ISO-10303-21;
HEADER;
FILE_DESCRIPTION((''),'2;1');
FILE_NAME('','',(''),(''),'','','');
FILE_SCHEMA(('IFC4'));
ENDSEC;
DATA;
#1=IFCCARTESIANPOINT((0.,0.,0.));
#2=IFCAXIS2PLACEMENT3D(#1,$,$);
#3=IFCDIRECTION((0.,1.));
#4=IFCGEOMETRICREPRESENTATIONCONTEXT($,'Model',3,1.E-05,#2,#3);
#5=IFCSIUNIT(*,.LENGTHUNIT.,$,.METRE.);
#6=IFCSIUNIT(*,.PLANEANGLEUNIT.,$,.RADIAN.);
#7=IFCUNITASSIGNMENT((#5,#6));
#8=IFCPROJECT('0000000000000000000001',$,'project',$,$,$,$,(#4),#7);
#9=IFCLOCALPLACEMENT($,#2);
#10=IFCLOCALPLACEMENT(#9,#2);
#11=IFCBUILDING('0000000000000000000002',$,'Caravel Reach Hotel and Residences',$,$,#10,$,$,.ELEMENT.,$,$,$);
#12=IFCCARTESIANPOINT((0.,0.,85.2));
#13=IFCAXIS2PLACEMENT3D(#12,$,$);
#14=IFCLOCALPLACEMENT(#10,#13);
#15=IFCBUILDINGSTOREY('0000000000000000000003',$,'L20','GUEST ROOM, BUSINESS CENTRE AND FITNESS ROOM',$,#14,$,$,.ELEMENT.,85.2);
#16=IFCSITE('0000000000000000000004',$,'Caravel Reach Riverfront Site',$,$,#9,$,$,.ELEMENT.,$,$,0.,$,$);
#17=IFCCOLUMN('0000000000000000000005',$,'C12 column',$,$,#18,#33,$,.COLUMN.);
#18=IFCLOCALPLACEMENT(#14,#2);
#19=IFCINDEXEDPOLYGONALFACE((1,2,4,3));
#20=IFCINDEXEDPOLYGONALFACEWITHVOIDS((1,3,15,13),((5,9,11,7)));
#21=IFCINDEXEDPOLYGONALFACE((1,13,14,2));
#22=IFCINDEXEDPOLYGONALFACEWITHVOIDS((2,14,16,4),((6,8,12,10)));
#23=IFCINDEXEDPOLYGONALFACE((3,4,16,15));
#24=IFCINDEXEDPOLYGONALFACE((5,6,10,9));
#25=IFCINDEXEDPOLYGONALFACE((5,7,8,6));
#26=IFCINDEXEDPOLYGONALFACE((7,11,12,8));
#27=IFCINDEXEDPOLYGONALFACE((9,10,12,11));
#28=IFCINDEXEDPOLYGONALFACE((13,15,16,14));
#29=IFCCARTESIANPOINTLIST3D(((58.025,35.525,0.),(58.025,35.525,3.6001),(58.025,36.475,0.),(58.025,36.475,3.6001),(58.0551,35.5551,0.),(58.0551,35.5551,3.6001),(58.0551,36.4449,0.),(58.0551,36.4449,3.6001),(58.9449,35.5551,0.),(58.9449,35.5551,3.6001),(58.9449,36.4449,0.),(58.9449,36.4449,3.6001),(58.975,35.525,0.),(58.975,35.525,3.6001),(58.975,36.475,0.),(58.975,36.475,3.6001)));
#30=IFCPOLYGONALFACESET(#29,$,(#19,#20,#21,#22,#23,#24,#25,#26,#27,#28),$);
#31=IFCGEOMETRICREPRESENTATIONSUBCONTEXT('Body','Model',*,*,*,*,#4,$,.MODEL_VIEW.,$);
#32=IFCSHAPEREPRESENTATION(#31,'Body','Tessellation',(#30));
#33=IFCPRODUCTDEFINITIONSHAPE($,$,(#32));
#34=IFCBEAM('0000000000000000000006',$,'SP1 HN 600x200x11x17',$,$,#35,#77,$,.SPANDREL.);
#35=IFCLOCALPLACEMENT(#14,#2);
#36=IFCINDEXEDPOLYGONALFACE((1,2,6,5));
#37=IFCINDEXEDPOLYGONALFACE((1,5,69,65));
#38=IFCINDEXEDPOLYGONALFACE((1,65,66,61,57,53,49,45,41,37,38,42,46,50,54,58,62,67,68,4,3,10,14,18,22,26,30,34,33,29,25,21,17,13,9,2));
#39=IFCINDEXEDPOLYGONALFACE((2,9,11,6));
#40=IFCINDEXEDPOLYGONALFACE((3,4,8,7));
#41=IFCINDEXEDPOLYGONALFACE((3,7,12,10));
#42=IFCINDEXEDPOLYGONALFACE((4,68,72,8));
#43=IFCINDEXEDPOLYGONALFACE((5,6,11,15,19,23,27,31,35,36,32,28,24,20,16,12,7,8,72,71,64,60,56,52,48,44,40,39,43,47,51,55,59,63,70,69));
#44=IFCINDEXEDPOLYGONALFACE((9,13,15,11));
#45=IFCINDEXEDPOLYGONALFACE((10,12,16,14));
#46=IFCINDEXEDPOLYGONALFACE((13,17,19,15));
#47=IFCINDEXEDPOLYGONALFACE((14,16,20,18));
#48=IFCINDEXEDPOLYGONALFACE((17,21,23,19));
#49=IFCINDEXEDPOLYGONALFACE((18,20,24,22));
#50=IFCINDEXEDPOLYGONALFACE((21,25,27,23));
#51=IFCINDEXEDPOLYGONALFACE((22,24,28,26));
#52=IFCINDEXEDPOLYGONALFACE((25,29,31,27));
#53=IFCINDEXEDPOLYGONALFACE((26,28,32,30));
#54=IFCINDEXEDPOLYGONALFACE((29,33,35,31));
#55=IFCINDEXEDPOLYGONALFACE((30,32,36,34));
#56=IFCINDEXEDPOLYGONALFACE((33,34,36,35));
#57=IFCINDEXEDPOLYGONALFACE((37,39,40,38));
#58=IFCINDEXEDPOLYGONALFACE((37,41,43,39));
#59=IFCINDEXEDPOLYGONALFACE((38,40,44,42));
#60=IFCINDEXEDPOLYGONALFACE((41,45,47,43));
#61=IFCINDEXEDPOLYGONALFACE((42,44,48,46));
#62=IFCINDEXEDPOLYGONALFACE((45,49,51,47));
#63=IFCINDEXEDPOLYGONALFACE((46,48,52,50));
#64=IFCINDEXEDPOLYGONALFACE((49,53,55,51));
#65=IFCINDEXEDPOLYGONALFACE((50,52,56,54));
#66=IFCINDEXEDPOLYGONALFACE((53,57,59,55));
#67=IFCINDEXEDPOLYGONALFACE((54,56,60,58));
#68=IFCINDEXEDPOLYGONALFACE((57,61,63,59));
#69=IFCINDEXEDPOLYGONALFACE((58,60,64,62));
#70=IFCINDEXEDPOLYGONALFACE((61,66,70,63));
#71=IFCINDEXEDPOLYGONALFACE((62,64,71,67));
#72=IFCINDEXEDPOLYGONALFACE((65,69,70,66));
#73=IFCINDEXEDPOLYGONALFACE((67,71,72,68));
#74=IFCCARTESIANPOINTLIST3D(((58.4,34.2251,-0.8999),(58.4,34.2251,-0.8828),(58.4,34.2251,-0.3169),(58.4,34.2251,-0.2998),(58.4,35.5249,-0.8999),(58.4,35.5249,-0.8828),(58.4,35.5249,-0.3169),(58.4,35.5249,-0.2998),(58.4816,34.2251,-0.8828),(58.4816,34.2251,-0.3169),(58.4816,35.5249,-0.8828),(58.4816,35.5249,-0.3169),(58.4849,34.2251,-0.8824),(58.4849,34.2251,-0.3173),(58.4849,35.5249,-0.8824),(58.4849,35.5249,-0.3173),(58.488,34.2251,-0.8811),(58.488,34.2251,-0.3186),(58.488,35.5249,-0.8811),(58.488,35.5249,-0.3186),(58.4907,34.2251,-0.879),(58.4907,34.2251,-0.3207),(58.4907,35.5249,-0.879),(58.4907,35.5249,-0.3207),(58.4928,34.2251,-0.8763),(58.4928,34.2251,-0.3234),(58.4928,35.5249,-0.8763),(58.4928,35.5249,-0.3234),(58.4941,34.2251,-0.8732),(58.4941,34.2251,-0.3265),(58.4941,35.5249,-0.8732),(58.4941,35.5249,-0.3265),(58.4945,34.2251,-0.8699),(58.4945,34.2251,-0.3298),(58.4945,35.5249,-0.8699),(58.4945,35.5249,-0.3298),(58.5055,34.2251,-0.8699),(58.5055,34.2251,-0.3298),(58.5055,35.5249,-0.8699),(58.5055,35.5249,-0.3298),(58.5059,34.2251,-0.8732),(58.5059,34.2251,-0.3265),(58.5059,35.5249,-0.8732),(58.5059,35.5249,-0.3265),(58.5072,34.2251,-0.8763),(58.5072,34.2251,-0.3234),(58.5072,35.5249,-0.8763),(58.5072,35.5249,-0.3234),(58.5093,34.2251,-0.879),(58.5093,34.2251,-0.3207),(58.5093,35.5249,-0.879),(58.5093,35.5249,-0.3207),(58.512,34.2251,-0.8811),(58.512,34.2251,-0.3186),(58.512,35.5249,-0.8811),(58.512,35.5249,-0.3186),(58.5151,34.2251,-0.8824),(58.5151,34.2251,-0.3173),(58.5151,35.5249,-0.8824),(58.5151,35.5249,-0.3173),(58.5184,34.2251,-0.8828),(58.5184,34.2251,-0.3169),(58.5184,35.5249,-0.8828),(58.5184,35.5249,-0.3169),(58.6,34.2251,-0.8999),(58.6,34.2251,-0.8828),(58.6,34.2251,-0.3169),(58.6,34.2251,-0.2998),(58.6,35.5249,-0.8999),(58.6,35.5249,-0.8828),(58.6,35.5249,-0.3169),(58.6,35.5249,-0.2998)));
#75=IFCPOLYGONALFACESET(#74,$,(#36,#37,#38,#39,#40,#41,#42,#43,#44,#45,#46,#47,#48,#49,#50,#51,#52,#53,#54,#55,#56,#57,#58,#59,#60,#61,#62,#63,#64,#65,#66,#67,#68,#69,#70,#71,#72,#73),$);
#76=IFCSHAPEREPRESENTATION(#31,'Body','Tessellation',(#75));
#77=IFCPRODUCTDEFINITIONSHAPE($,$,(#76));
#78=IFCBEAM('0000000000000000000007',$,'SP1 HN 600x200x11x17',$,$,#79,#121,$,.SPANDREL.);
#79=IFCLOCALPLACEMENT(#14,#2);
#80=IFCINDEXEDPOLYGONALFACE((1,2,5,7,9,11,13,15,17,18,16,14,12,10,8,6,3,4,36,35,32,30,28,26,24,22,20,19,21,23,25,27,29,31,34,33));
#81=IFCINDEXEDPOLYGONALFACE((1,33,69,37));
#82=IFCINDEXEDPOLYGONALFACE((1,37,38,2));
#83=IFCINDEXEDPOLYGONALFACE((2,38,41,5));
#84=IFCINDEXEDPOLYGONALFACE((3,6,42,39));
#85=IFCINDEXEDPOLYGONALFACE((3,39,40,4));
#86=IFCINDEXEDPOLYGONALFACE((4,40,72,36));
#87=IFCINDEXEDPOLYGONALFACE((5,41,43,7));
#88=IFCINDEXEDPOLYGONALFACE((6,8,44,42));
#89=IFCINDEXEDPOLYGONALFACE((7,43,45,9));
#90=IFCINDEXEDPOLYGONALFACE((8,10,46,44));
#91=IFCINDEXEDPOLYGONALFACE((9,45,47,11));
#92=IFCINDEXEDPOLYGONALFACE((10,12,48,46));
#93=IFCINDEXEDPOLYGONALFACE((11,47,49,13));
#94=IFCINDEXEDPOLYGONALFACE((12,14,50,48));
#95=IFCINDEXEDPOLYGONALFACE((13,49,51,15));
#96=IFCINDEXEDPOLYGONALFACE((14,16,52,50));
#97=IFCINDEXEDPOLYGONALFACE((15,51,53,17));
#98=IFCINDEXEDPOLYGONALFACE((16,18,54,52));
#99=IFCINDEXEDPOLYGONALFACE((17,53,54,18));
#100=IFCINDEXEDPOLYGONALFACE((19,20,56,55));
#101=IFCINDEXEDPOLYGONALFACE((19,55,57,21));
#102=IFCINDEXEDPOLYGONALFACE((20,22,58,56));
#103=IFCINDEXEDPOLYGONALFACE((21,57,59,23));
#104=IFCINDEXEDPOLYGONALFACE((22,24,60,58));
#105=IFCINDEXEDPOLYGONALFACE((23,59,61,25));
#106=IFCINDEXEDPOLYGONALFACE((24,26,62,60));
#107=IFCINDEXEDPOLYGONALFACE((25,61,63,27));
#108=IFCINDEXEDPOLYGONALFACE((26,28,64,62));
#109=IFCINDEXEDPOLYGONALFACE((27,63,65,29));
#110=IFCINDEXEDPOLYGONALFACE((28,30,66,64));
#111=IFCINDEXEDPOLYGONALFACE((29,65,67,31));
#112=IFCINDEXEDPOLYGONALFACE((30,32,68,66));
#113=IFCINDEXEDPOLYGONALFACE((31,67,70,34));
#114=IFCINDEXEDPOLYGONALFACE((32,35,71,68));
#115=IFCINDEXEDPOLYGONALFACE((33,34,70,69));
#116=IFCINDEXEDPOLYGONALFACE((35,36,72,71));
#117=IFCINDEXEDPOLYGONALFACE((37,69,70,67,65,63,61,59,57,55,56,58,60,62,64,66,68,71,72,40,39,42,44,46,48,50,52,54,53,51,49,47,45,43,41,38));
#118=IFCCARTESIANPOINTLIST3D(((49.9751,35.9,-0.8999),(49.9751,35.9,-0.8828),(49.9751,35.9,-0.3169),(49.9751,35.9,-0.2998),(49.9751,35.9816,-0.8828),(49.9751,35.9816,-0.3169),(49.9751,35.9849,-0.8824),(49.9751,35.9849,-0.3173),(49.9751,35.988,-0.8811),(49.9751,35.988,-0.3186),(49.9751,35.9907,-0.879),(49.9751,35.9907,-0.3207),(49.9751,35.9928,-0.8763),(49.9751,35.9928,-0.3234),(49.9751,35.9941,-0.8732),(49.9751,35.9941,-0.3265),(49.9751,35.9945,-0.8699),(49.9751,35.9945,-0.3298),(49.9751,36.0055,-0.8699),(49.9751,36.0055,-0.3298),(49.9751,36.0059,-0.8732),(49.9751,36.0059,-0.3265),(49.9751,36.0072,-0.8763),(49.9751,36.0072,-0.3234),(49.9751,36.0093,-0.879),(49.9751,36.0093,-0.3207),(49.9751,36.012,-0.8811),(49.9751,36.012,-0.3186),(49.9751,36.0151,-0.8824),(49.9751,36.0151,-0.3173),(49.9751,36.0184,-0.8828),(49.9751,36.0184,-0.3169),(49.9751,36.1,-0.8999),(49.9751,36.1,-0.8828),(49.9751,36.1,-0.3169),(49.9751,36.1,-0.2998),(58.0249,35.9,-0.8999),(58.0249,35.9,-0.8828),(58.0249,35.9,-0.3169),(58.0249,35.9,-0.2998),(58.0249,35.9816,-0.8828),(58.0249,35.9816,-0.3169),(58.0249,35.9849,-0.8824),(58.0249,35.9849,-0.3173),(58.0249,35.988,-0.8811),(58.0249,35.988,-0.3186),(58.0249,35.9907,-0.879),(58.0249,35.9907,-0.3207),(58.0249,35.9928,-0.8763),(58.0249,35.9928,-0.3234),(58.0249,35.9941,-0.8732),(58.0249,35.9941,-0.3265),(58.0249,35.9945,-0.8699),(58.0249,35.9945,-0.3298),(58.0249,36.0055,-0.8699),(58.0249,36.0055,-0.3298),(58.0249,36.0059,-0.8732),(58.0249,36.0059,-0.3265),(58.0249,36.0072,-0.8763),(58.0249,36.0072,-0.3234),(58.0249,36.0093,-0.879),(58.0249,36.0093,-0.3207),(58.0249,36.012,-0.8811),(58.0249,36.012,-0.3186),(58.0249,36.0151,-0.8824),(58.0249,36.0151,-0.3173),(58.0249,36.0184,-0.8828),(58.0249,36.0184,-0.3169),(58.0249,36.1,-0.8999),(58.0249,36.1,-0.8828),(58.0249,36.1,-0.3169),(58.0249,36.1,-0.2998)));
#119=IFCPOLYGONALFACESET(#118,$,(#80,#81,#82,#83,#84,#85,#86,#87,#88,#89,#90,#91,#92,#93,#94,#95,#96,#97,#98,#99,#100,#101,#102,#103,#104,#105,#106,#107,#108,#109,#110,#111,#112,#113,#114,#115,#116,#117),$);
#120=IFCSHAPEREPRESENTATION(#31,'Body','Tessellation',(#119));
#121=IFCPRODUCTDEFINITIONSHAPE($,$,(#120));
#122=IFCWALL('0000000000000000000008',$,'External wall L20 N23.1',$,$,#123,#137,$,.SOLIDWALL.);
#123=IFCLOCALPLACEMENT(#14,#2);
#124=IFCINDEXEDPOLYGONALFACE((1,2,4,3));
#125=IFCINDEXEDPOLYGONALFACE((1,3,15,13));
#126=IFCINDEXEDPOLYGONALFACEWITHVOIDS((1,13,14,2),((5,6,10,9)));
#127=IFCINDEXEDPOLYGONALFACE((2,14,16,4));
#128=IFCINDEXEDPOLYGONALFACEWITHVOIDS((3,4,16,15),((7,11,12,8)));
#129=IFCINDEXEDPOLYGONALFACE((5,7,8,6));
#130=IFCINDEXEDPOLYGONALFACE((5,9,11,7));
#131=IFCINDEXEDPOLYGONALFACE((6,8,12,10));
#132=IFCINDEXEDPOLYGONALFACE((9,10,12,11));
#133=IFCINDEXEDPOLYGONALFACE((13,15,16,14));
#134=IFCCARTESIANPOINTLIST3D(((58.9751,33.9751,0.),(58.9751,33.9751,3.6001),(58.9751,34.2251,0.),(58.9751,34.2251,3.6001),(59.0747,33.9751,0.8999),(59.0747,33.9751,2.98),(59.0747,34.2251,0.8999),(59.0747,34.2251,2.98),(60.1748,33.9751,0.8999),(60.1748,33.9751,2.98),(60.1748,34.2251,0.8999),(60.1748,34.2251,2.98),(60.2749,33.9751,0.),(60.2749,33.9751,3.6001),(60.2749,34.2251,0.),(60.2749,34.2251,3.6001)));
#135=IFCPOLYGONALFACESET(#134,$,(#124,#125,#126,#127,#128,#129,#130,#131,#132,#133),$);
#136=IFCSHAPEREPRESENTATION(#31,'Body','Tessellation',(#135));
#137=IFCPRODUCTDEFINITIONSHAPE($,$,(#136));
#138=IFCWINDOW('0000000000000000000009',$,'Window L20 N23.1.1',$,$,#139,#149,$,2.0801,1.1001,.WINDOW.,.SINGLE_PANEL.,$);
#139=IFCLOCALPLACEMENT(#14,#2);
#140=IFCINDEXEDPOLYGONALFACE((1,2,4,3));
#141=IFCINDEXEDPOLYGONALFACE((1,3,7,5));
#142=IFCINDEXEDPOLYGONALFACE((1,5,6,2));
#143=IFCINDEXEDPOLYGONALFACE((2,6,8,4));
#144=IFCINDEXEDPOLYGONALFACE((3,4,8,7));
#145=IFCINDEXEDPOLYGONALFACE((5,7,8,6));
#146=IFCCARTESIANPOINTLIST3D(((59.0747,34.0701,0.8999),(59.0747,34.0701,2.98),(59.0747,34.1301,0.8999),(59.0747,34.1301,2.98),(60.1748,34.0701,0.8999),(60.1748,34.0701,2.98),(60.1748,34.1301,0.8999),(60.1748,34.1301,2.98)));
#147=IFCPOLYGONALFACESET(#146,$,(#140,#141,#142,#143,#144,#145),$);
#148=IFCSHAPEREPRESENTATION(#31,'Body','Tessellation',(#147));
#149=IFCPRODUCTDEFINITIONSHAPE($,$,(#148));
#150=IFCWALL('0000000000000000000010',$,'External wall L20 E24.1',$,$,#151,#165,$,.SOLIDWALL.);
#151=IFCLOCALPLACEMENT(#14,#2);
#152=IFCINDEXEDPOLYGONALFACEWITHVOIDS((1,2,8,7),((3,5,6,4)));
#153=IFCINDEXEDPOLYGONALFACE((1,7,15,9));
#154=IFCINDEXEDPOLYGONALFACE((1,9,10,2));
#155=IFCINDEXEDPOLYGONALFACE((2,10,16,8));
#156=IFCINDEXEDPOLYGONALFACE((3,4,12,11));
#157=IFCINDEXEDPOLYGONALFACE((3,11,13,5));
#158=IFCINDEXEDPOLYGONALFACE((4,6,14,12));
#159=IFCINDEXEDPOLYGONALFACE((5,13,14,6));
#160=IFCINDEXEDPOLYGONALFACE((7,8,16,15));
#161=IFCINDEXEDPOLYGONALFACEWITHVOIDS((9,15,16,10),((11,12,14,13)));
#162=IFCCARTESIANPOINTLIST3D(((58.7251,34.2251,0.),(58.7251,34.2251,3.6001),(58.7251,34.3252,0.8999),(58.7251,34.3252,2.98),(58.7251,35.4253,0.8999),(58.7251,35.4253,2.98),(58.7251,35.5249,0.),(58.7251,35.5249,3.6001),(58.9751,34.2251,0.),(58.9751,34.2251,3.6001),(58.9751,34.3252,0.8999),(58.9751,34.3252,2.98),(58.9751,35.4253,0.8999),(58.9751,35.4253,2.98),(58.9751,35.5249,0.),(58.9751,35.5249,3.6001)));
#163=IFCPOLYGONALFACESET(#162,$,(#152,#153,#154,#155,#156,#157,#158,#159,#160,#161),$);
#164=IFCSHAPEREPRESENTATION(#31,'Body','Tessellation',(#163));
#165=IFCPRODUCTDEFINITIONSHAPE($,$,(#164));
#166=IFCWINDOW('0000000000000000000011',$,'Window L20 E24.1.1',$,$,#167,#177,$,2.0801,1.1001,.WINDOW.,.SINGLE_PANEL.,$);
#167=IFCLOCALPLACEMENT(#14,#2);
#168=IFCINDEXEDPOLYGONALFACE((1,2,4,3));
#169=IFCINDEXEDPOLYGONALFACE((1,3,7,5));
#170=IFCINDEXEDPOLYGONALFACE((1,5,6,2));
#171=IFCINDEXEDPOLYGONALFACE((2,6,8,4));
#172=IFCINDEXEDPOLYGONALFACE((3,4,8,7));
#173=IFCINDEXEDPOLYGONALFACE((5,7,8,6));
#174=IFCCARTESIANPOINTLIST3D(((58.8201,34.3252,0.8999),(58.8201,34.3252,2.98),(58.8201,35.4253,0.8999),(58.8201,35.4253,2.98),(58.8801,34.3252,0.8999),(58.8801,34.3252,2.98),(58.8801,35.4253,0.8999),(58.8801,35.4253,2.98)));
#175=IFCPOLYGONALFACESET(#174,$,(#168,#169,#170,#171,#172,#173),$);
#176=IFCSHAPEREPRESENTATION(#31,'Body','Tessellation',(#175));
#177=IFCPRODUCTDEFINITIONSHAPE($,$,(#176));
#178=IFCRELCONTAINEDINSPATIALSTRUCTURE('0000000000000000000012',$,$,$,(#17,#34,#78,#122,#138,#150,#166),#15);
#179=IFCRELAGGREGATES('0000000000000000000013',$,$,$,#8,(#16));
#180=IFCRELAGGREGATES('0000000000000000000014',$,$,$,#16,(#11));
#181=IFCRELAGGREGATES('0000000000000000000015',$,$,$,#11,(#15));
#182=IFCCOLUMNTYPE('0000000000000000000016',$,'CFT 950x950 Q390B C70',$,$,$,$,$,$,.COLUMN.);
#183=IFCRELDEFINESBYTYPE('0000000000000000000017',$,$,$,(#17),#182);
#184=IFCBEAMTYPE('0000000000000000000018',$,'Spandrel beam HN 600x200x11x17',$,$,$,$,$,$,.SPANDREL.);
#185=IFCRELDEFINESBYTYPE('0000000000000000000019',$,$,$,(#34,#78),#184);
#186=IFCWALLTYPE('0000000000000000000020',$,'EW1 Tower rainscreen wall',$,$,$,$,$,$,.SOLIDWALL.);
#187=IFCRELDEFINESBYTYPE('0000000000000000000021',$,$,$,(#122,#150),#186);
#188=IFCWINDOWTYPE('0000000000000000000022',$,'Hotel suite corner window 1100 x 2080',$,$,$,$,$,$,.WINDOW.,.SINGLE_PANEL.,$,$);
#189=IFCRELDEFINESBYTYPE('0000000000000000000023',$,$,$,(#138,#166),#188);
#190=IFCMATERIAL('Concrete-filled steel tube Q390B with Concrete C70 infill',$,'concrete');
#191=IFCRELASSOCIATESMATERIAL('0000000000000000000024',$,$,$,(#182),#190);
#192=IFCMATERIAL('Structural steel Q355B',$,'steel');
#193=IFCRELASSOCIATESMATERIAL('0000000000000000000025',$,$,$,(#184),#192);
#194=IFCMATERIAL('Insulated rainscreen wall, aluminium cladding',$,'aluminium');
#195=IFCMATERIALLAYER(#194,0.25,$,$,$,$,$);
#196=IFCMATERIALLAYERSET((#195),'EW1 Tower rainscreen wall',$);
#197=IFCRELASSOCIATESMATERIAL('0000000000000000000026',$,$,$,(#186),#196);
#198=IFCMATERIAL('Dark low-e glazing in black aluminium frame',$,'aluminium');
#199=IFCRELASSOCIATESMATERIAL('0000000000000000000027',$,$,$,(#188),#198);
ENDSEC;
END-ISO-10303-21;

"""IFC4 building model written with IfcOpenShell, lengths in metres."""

from ifc_helpers import new_model, si_unit, direction, frame, frame_2d, origin, origin_2d, place, context, subcontext, project, spatial, rectangle, hollow_rectangle, i_section, extrude, material, layer, layer_set, material_profile, profile_set, type_object, element, fill, save


model = new_model("IFC4")

# Units and contexts
model_context = context("Model", 3, precision=1e-05, world=origin(), true_north=direction((0.0, 1.0)))
body_context = subcontext(model_context, "Body", "Model", "MODEL_VIEW")
ifc_project = project(units=[si_unit("LENGTHUNIT", "METRE"), si_unit("PLANEANGLEUNIT", "RADIAN")], contexts=[model_context])

# Site, building, storey
site_placement = place(None, origin())
site = spatial("IfcSite", under=ifc_project, at=site_placement, Name="Caravel Reach Riverfront Site", CompositionType="ELEMENT", RefElevation=0.0)
building_placement = place(site_placement, origin())
building = spatial("IfcBuilding", under=site, at=building_placement, Name="Caravel Reach Hotel and Residences", CompositionType="ELEMENT")
storey_placement = place(building_placement, frame((0.0, 0.0, 85.2)))
storey = spatial("IfcBuildingStorey", under=building, at=storey_placement, Name="L20", Description="GUEST ROOM, BUSINESS CENTRE AND FITNESS ROOM", CompositionType="ELEMENT", Elevation=85.2)

# Column
ifc_material_1 = material(Name="Concrete-filled steel tube Q390B with Concrete C70 infill", Category="concrete")
ifc_material_profile_1 = material_profile(ifc_material_1, hollow_rectangle(XDim=0.95, YDim=0.95, WallThickness=0.03, at=origin_2d()), Name="RHS 950x950x30")
ifc_profile_set_1 = profile_set([ifc_material_profile_1], Name="Concrete-filled steel tube Q390B with Concrete C70 infill")
column_type = type_object("IfcColumnType", Name="CFT 950x950 Q390B C70", PredefinedType="COLUMN", material=ifc_profile_set_1)
column_placement = place(storey_placement, frame((58.5, 36.0, 0.0), z_axis=(0.0, 0.0, 1.0), x_axis=(1.0, 0.0, 0.0)))
element("IfcColumn", 1, at=column_placement, inside=storey, type_object=column_type, Name="C12 column", PredefinedType="COLUMN", context=body_context, shape_type="SweptSolid", body=[
    extrude(hollow_rectangle(XDim=0.95, YDim=0.95, WallThickness=0.03, at=origin_2d()), origin(), (0.0, 0.0, 1.0), 3.6001),
])

# Beams
ifc_material_2 = material(Name="Structural steel Q355B", Category="steel")
ifc_material_profile_2 = material_profile(ifc_material_2, i_section(OverallWidth=0.2, OverallDepth=0.6001, WebThickness=0.011, FlangeThickness=0.0171, FilletRadius=0.0129, at=origin_2d()), Name="HN 600x200x11x17")
ifc_profile_set_2 = profile_set([ifc_material_profile_2], Name="Structural steel Q355B")
beam_type = type_object("IfcBeamType", Name="Spandrel beam HN 600x200x11x17", PredefinedType="SPANDREL", material=ifc_profile_set_2)
beam_1_placement = place(storey_placement, frame((58.5, 34.2251, -0.5999), z_axis=(0.0, 1.0, 0.0), x_axis=(-1.0, 0.0, 0.0)))
element("IfcBeam", 2, at=beam_1_placement, inside=storey, type_object=beam_type, Name="SP1 HN 600x200x11x17", PredefinedType="SPANDREL", context=body_context, shape_type="SweptSolid", body=[
    extrude(i_section(OverallWidth=0.2, OverallDepth=0.6001, WebThickness=0.011, FlangeThickness=0.0171, FilletRadius=0.0129, at=origin_2d()), origin(), (0.0, 0.0, 1.0), 1.2998),
])
beam_2_placement = place(storey_placement, frame((58.0249, 36.0, -0.5999), z_axis=(-1.0, 0.0, 0.0), x_axis=(0.0, -1.0, 0.0)))
element("IfcBeam", 3, at=beam_2_placement, inside=storey, type_object=beam_type, Name="SP1 HN 600x200x11x17", PredefinedType="SPANDREL", context=body_context, shape_type="SweptSolid", body=[
    extrude(i_section(OverallWidth=0.2, OverallDepth=0.6001, WebThickness=0.011, FlangeThickness=0.0171, FilletRadius=0.0129, at=origin_2d()), origin(), (0.0, 0.0, 1.0), 8.0498),
])

# Walls, openings, windows
ifc_material_3 = material(Name="Insulated rainscreen wall, aluminium cladding", Category="aluminium")
ifc_layer = layer(ifc_material_3, 0.25)
ifc_layer_set = layer_set([ifc_layer], Name="EW1 Tower rainscreen wall")
wall_type = type_object("IfcWallType", Name="EW1 Tower rainscreen wall", PredefinedType="SOLIDWALL", material=ifc_layer_set)
wall_1_placement = place(storey_placement, frame((60.2749, 34.1001, 0.0), z_axis=(0.0, 0.0, 1.0), x_axis=(-1.0, 0.0, 0.0)))
wall_1 = element("IfcWall", 4, at=wall_1_placement, inside=storey, type_object=wall_type, Name="External wall L20 N23.1", PredefinedType="SOLIDWALL", context=body_context, shape_type="SweptSolid", body=[
    extrude(rectangle(XDim=1.2998, YDim=0.25, at=frame_2d((0.6499, 0.0))), origin(), (0.0, 0.0, 1.0), 3.6001),
])
opening_1_placement = place(wall_1_placement, frame((0.1001, 0.0, 0.8999)))
opening_1 = element("IfcOpeningElement", 5, at=opening_1_placement, cuts=wall_1, PredefinedType="OPENING", context=body_context, shape_type="SweptSolid", body=[
    extrude(rectangle(XDim=1.1001, YDim=2.0801, at=frame_2d((0.55, 1.04))), frame((0.0, 0.135, 0.0), z_axis=(0.0, -1.0, 0.0), x_axis=(1.0, 0.0, 0.0)), (0.0, 0.0, 1.0), 0.27),
])
ifc_material_4 = material(Name="Dark low-e glazing in black aluminium frame", Category="aluminium")
window_type_1 = type_object("IfcWindowType", Name="Hotel suite corner window 1100 x 2080", PartitioningType="SINGLE_PANEL", PredefinedType="WINDOW", material=ifc_material_4)
window_1_placement = place(opening_1_placement, origin())
window_1 = element("IfcWindow", 6, at=window_1_placement, inside=storey, type_object=window_type_1, Name="Window L20 N23.1.1", OverallHeight=2.0801, OverallWidth=1.1001, PartitioningType="SINGLE_PANEL", PredefinedType="WINDOW", context=body_context, shape_type="SweptSolid", body=[
    extrude(rectangle(XDim=1.1001, YDim=2.0801, at=frame_2d((0.55, 1.04))), frame((0.0, 0.03, 0.0), z_axis=(0.0, -1.0, 0.0), x_axis=(1.0, 0.0, 0.0)), (0.0, 0.0, 1.0), 0.0601),
])
fill(opening_1, window_1)
wall_2_placement = place(storey_placement, frame((58.8501, 34.2251, 0.0), z_axis=(0.0, 0.0, 1.0), x_axis=(0.0, 1.0, 0.0)))
wall_2 = element("IfcWall", 7, at=wall_2_placement, inside=storey, type_object=wall_type, Name="External wall L20 E24.1", PredefinedType="SOLIDWALL", context=body_context, shape_type="SweptSolid", body=[
    extrude(rectangle(XDim=1.2998, YDim=0.25, at=frame_2d((0.6499, 0.0))), origin(), (0.0, 0.0, 1.0), 3.6001),
])
opening_2_placement = place(wall_2_placement, frame((0.1001, 0.0, 0.8999)))
opening_2 = element("IfcOpeningElement", 8, at=opening_2_placement, cuts=wall_2, PredefinedType="OPENING", context=body_context, shape_type="SweptSolid", body=[
    extrude(rectangle(XDim=1.1001, YDim=2.0801, at=frame_2d((0.55, 1.04))), frame((0.0, 0.135, 0.0), z_axis=(0.0, -1.0, 0.0), x_axis=(1.0, 0.0, 0.0)), (0.0, 0.0, 1.0), 0.27),
])
window_2_placement = place(opening_2_placement, origin())
window_2 = element("IfcWindow", 9, at=window_2_placement, inside=storey, type_object=window_type_1, Name="Window L20 E24.1.1", OverallHeight=2.0801, OverallWidth=1.1001, PartitioningType="SINGLE_PANEL", PredefinedType="WINDOW", context=body_context, shape_type="SweptSolid", body=[
    extrude(rectangle(XDim=1.1001, YDim=2.0801, at=frame_2d((0.55, 1.04))), frame((0.0, 0.03, 0.0), z_axis=(0.0, -1.0, 0.0), x_axis=(1.0, 0.0, 0.0)), (0.0, 0.0, 1.0), 0.0601),
])
fill(opening_2, window_2)

save(model, "model.ifc")
